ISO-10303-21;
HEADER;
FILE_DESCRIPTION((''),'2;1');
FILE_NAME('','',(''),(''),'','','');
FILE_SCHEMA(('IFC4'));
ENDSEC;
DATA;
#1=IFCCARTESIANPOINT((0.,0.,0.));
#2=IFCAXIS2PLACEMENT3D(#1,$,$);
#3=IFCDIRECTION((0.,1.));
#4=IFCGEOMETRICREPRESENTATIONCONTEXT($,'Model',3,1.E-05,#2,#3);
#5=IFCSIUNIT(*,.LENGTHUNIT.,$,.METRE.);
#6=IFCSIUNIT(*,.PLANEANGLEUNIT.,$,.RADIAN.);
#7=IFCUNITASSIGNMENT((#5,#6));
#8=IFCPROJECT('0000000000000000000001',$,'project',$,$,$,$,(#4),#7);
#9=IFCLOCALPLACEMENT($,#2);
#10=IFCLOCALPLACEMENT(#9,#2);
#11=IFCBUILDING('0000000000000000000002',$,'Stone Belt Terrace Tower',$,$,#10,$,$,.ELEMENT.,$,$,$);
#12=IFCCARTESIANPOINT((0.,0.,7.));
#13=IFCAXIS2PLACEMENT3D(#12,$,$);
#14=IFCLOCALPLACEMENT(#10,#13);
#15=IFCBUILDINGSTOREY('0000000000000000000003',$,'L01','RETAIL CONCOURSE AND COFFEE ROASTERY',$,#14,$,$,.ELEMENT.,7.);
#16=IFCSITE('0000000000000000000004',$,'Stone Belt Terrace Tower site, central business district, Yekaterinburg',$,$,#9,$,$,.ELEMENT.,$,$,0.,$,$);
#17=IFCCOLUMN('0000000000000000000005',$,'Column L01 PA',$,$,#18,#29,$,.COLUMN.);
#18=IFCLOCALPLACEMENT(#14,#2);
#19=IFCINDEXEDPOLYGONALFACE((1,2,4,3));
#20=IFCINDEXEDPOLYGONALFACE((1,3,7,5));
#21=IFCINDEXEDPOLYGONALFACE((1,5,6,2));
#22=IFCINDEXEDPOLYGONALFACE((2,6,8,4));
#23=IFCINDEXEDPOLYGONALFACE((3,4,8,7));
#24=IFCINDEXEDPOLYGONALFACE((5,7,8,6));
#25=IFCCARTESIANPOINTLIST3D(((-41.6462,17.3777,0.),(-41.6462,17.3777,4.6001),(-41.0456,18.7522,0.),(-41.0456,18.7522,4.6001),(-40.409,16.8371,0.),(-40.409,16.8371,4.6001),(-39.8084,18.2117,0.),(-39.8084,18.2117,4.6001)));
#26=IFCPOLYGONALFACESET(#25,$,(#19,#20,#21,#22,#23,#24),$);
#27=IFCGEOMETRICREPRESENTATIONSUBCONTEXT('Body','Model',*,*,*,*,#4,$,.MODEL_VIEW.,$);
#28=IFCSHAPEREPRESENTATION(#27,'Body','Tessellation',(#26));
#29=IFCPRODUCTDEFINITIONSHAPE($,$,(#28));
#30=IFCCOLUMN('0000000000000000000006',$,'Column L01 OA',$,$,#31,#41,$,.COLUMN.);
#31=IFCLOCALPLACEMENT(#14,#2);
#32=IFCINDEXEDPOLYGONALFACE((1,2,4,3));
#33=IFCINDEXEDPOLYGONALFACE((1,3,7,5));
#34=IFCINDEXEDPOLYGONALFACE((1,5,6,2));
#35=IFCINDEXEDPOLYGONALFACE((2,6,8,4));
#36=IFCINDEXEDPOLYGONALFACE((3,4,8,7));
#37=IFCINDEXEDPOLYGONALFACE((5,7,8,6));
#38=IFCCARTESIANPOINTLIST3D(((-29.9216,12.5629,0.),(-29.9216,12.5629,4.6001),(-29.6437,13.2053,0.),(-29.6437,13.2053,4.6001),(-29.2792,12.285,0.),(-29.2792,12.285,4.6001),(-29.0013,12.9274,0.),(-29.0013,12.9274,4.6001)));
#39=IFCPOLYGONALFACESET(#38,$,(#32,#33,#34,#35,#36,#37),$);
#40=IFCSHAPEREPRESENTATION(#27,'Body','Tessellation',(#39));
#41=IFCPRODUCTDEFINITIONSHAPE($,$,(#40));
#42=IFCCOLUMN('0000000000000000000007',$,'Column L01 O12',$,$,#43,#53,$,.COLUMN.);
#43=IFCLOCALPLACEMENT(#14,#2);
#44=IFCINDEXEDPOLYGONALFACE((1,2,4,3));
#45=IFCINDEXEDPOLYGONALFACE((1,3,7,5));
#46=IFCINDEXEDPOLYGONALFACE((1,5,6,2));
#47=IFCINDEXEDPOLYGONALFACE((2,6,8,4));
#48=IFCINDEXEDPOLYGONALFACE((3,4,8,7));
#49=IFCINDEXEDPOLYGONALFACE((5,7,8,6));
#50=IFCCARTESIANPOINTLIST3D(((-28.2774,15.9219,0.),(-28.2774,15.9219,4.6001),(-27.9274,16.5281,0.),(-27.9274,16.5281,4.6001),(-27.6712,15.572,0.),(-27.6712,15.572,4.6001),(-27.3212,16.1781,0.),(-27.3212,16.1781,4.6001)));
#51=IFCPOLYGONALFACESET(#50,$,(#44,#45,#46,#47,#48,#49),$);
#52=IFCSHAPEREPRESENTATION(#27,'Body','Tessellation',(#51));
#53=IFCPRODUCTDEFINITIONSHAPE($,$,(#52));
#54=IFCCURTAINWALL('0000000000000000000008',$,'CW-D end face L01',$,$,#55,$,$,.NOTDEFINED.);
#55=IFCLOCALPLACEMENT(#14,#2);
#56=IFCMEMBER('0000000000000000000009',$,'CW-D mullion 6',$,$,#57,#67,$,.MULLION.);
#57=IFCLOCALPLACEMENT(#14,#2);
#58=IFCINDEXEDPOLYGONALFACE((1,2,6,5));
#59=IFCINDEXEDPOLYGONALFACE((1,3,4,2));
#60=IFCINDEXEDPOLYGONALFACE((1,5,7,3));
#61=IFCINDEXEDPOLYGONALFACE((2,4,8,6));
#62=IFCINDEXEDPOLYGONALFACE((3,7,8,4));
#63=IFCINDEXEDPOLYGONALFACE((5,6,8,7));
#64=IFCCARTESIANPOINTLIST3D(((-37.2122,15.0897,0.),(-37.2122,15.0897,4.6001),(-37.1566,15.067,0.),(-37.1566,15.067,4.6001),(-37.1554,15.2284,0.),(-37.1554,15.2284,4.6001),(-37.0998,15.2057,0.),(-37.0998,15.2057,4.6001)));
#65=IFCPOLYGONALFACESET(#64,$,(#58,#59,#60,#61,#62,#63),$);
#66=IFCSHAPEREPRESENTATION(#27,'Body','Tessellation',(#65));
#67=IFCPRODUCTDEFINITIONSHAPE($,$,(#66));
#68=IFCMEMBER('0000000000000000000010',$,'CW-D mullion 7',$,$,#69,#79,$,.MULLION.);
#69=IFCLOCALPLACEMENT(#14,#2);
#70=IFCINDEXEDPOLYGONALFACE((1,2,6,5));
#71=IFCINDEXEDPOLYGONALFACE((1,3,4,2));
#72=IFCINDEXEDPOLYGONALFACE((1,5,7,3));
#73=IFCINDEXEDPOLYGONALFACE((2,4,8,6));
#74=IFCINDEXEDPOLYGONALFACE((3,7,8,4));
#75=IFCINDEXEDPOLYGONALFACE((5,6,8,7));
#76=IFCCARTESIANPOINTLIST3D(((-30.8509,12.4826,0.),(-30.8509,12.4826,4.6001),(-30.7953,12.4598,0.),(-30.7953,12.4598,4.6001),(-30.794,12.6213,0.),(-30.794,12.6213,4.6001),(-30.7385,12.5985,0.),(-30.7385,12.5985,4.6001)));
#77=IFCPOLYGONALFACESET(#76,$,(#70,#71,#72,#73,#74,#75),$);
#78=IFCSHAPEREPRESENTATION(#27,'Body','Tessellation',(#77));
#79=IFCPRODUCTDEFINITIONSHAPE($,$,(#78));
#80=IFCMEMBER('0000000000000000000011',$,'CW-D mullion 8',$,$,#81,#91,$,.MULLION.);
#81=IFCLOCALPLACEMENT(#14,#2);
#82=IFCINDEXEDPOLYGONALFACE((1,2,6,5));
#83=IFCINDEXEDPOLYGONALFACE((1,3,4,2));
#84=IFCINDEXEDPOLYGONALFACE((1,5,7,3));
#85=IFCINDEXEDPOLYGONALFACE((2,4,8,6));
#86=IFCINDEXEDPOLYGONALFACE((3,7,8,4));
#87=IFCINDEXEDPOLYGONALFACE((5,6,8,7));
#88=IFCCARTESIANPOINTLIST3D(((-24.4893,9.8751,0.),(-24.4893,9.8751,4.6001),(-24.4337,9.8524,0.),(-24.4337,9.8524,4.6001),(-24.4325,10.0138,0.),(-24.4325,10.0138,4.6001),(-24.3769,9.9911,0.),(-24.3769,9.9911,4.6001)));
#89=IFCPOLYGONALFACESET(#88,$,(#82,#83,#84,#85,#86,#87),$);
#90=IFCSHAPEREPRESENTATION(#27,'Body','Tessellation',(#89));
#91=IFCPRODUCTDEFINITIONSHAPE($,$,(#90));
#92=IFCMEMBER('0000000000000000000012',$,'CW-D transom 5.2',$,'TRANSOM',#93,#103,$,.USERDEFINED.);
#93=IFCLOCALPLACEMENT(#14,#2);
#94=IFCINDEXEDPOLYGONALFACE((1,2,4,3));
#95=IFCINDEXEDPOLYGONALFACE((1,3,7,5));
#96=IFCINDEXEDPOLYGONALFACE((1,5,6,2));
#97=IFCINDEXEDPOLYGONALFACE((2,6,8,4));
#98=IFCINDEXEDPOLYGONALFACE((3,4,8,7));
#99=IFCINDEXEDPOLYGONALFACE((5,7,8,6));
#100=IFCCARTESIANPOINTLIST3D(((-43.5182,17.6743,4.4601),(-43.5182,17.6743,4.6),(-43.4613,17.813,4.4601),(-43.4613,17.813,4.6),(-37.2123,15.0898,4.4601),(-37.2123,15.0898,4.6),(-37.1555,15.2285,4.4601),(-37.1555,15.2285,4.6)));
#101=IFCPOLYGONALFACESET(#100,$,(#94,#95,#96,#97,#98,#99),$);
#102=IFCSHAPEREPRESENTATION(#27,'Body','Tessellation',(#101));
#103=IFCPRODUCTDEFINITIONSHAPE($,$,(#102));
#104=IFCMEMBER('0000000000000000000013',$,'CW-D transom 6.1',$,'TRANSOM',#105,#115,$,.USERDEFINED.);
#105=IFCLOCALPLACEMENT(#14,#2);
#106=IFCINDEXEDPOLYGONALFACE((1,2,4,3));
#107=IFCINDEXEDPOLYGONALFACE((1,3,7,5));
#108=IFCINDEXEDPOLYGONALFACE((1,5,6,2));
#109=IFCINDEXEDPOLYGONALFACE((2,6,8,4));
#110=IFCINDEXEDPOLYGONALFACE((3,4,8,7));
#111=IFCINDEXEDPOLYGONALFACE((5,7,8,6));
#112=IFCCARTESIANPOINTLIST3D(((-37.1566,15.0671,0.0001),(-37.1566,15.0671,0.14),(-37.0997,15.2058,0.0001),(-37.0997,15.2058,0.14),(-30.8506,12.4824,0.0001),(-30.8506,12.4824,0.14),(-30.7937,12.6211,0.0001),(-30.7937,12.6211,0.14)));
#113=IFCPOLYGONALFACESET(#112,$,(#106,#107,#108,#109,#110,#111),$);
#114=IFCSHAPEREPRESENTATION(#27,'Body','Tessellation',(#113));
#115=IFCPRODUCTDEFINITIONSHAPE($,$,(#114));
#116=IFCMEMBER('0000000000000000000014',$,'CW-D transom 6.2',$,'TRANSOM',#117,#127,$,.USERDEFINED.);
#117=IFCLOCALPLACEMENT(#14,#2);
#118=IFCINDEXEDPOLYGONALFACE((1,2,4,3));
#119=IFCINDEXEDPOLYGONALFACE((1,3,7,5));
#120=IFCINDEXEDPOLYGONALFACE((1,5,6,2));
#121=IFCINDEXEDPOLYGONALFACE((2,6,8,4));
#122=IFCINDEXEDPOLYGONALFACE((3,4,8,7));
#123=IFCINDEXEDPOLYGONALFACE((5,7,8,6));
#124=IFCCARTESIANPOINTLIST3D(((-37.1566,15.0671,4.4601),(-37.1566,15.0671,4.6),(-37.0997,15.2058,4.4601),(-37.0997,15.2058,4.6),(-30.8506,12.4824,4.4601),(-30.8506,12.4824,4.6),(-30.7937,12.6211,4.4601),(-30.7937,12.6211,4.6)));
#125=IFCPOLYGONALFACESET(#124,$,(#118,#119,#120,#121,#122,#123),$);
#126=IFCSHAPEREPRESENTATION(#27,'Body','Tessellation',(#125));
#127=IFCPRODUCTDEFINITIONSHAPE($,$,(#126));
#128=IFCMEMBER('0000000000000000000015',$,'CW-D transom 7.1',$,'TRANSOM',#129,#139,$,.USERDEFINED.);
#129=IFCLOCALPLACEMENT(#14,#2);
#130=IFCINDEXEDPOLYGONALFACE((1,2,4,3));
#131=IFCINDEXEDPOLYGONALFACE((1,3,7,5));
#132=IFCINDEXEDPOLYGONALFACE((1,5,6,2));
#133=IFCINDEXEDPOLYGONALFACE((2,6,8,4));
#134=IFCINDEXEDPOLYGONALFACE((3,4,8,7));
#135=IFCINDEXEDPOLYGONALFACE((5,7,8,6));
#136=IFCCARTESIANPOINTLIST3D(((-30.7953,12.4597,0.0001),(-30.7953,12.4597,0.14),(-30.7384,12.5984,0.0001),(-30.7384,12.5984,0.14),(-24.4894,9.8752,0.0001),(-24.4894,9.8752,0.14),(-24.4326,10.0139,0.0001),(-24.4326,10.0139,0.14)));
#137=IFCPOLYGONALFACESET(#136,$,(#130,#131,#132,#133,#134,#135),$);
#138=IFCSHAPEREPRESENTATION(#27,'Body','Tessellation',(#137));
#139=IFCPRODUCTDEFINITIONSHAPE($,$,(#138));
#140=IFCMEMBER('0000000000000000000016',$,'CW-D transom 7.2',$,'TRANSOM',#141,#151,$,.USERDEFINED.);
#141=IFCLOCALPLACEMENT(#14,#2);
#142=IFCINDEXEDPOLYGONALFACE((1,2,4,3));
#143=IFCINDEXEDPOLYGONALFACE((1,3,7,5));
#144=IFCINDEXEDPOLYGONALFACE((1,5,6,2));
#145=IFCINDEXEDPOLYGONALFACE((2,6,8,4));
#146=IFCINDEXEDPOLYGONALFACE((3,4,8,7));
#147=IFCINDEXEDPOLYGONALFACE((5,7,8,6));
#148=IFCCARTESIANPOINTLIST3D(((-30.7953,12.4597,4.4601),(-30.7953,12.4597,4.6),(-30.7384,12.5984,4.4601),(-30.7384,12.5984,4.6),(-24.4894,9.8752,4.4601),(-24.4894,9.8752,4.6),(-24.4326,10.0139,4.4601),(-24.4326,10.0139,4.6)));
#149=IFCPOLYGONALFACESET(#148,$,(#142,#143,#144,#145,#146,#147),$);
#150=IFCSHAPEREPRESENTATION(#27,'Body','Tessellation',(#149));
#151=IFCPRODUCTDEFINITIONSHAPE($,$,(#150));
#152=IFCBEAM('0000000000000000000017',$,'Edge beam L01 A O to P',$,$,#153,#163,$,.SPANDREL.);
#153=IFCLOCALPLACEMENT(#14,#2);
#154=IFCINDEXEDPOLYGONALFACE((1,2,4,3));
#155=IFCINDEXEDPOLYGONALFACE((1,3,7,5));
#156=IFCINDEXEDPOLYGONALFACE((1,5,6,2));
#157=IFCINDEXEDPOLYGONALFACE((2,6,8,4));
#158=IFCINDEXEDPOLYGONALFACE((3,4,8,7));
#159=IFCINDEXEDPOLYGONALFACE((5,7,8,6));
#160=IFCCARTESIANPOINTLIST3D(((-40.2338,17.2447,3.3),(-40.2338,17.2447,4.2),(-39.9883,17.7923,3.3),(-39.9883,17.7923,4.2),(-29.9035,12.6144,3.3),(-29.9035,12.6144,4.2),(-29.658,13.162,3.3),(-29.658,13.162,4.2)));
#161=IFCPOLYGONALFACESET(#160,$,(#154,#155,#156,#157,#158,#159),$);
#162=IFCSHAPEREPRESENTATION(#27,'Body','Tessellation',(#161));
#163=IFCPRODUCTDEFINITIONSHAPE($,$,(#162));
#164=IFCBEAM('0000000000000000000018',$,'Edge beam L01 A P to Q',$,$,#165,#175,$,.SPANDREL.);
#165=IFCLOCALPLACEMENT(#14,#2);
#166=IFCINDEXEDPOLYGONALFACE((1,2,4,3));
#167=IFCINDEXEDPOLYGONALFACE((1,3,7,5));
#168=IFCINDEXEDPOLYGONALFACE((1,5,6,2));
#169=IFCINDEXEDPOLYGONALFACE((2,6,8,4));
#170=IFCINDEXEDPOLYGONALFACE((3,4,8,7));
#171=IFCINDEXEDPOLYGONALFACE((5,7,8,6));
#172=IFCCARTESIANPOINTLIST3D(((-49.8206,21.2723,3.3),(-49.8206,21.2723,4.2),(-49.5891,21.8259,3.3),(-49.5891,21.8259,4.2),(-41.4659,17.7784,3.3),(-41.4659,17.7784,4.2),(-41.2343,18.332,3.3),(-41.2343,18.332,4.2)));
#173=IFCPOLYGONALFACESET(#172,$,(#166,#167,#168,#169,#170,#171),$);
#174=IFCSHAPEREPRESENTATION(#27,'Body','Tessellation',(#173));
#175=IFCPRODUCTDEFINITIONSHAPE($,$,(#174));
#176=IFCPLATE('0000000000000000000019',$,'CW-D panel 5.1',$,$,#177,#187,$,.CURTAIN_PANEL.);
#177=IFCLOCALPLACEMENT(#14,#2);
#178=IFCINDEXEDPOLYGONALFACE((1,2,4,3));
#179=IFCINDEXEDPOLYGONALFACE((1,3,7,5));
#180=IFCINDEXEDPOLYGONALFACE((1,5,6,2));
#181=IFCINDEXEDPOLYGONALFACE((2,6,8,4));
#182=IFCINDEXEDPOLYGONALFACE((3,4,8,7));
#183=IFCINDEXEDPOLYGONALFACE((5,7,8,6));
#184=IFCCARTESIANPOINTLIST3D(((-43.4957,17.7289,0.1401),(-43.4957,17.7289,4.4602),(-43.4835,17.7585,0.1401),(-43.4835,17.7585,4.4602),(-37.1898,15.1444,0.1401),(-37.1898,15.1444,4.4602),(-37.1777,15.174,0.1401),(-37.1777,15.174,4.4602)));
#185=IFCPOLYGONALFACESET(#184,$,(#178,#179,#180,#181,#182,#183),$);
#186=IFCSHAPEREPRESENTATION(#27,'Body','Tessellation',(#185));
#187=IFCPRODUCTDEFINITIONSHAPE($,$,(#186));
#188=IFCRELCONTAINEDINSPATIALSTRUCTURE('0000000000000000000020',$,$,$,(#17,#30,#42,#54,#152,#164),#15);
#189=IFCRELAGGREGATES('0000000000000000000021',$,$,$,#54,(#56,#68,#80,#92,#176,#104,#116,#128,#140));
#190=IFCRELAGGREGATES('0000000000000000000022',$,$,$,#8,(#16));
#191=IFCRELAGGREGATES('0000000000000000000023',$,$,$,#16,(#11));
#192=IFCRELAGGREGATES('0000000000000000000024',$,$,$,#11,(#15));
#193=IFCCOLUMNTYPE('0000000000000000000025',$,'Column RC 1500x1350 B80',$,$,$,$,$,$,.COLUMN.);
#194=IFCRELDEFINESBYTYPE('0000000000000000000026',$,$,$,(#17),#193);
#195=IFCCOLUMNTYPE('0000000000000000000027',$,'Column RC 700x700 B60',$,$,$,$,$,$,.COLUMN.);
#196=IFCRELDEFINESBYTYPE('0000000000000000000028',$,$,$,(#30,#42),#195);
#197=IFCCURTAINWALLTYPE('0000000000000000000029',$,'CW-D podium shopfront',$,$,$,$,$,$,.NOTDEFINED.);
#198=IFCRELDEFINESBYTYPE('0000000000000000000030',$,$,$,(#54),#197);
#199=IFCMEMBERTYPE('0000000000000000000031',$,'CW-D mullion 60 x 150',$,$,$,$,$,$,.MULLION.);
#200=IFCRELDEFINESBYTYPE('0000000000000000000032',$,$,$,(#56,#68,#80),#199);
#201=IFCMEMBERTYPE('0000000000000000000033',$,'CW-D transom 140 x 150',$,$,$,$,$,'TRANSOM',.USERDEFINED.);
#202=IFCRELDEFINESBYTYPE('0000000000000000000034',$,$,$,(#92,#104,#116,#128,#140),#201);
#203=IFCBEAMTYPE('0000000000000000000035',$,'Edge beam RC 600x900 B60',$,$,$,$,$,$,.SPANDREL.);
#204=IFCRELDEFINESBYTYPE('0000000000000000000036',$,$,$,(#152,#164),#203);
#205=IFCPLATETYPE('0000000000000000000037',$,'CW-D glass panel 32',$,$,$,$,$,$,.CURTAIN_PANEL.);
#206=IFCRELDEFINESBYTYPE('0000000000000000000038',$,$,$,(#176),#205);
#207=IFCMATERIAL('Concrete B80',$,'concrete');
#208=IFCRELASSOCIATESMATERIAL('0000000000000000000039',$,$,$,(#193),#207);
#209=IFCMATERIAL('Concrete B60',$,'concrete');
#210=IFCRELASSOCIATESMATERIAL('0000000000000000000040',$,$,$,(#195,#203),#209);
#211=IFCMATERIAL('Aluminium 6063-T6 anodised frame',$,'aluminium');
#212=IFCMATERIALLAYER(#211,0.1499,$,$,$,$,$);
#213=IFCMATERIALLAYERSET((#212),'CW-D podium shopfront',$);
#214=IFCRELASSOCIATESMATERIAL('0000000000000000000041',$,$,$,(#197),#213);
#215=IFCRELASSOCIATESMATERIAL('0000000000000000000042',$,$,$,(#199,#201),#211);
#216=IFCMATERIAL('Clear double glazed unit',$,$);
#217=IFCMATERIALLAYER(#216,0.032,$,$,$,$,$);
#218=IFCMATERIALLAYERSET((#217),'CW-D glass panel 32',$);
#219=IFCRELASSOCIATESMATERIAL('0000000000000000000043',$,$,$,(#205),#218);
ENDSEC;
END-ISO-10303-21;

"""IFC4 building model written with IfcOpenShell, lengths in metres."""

from ifc_helpers import new_model, si_unit, direction, frame, origin, origin_2d, place, context, subcontext, project, spatial, rectangle, extrude, material, layer, layer_set, material_profile, profile_set, type_object, element, aggregate, save


model = new_model("IFC4")

# Units and contexts
model_context = context("Model", 3, precision=1e-05, world=origin(), true_north=direction((0.0, 1.0)))
body_context = subcontext(model_context, "Body", "Model", "MODEL_VIEW")
ifc_project = project(units=[si_unit("LENGTHUNIT", "METRE"), si_unit("PLANEANGLEUNIT", "RADIAN")], contexts=[model_context])

# Site, building, storey
site_placement = place(None, origin())
site = spatial("IfcSite", under=ifc_project, at=site_placement, Name="Stone Belt Terrace Tower site, central business district, Yekaterinburg", CompositionType="ELEMENT", RefElevation=0.0)
building_placement = place(site_placement, origin())
building = spatial("IfcBuilding", under=site, at=building_placement, Name="Stone Belt Terrace Tower", CompositionType="ELEMENT")
storey_placement = place(building_placement, frame((0.0, 0.0, 7.0)))
storey = spatial("IfcBuildingStorey", under=building, at=storey_placement, Name="L01", Description="RETAIL CONCOURSE AND COFFEE ROASTERY", CompositionType="ELEMENT", Elevation=7.0)

# Columns
ifc_material_1 = material(Name="Concrete B80", Category="concrete")
ifc_material_profile_1 = material_profile(ifc_material_1, rectangle(XDim=1.5, YDim=1.3501, at=origin_2d()), Name="RC 1500x1350")
ifc_profile_set_1 = profile_set([ifc_material_profile_1], Name="Concrete B80")
column_type_1 = type_object("IfcColumnType", Name="Column RC 1500x1350 B80", PredefinedType="COLUMN", material=ifc_profile_set_1)
column_placement = place(storey_placement, frame((-40.7273, 17.7947, 0.0), z_axis=(0.0, 0.0, 1.0), x_axis=(0.400376, 0.916351, 0.0)))
element("IfcColumn", 1, at=column_placement, inside=storey, type_object=column_type_1, Name="Column L01 PA", PredefinedType="COLUMN", context=body_context, shape_type="SweptSolid", body=[
    extrude(rectangle(XDim=1.5, YDim=1.3501, at=origin_2d()), origin(), (0.0, 0.0, 1.0), 4.6001),
])
ifc_material_2 = material(Name="Concrete B60", Category="concrete")
ifc_material_profile_2 = material_profile(ifc_material_2, rectangle(XDim=0.7, YDim=0.7, at=origin_2d()), Name="RC 700x700")
ifc_profile_set_2 = profile_set([ifc_material_profile_2], Name="Concrete B60")
column_type_2 = type_object("IfcColumnType", Name="Column RC 700x700 B60", PredefinedType="COLUMN", material=ifc_profile_set_2)
for number, where, z_axis, x_axis, name in (
    (2, (-29.4614, 12.7451, 0.0), (0.0, 0.0, 1.0), (0.397044, 0.9178, 0.0), "Column L01 OA"),
    (3, (-27.7993, 16.05, 0.0), (0.0, 0.0, 1.0), (0.5, 0.866025, 0.0), "Column L01 O12"),
):
    element("IfcColumn", number, at=place(storey_placement, frame(where, z_axis=z_axis, x_axis=x_axis)), inside=storey, type_object=column_type_2, Name=name, PredefinedType="COLUMN", context=body_context, shape_type="SweptSolid", body=[
        extrude(rectangle(XDim=0.7, YDim=0.7, at=origin_2d()), origin(), (0.0, 0.0, 1.0), 4.6001),
    ])

# Curtain wall, members
ifc_material_3 = material(Name="Aluminium 6063-T6 anodised frame", Category="aluminium")
ifc_layer_1 = layer(ifc_material_3, 0.1499)
ifc_layer_set_1 = layer_set([ifc_layer_1], Name="CW-D podium shopfront")
curtain_wall_type = type_object("IfcCurtainWallType", Name="CW-D podium shopfront", PredefinedType="NOTDEFINED", material=ifc_layer_set_1)
curtain_wall_placement = place(storey_placement, origin())
curtain_wall = element("IfcCurtainWall", 4, at=curtain_wall_placement, inside=storey, type_object=curtain_wall_type, Name="CW-D end face L01", PredefinedType="NOTDEFINED")
ifc_material_profile_3 = material_profile(ifc_material_3, rectangle(XDim=0.1499, YDim=0.0601, at=origin_2d()), Name="Aluminium 6063-T6 60x150")
ifc_profile_set_3 = profile_set([ifc_material_profile_3], Name="Aluminium 6063-T6 anodised frame")
member_type_1 = type_object("IfcMemberType", Name="CW-D mullion 60 x 150", PredefinedType="MULLION", material=ifc_profile_set_3)
member_1_placement = place(storey_placement, frame((-37.156, 15.1477, 0.0), z_axis=(0.0, 0.0, 1.0), x_axis=(0.379243, 0.925297, 0.0)))
member_1 = element("IfcMember", 5, at=member_1_placement, type_object=member_type_1, Name="CW-D mullion 6", PredefinedType="MULLION", context=body_context, shape_type="SweptSolid", body=[
    extrude(rectangle(XDim=0.1499, YDim=0.0601, at=origin_2d()), origin(), (0.0, 0.0, 1.0), 4.6001),
])
member_2_placement = place(storey_placement, frame((-30.7947, 12.5405, 0.0), z_axis=(0.0, 0.0, 1.0), x_axis=(0.379243, 0.925297, 0.0)))
member_2 = element("IfcMember", 6, at=member_2_placement, type_object=member_type_1, Name="CW-D mullion 7", PredefinedType="MULLION", context=body_context, shape_type="SweptSolid", body=[
    extrude(rectangle(XDim=0.1499, YDim=0.0601, at=origin_2d()), origin(), (0.0, 0.0, 1.0), 4.6001),
])
member_3_placement = place(storey_placement, frame((-24.4331, 9.9331, 0.0), z_axis=(0.0, 0.0, 1.0), x_axis=(0.379243, 0.925297, 0.0)))
member_3 = element("IfcMember", 7, at=member_3_placement, type_object=member_type_1, Name="CW-D mullion 8", PredefinedType="MULLION", context=body_context, shape_type="SweptSolid", body=[
    extrude(rectangle(XDim=0.1499, YDim=0.0601, at=origin_2d()), origin(), (0.0, 0.0, 1.0), 4.6001),
])
ifc_material_profile_4 = material_profile(ifc_material_3, rectangle(XDim=0.1499, YDim=0.1399, at=origin_2d()), Name="Aluminium 6063-T6 150x140")
ifc_profile_set_4 = profile_set([ifc_material_profile_4], Name="Aluminium 6063-T6 anodised frame")
member_type_2 = type_object("IfcMemberType", Name="CW-D transom 140 x 150", ElementType="TRANSOM", PredefinedType="USERDEFINED", material=ifc_profile_set_4)
member_4_placement = place(storey_placement, frame((-43.4897, 17.7437, 4.53), z_axis=(0.925301, -0.379234, 0.0), x_axis=(0.379234, 0.925301, 0.0)))
member_4 = element("IfcMember", 8, at=member_4_placement, type_object=member_type_2, Name="CW-D transom 5.2", ObjectType="TRANSOM", PredefinedType="USERDEFINED", context=body_context, shape_type="SweptSolid", body=[
    extrude(rectangle(XDim=0.1499, YDim=0.1399, at=origin_2d()), origin(), (0.0, 0.0, 1.0), 6.8149),
])
member_5_placement = place(storey_placement, frame((-37.1282, 15.1365, 0.0701), z_axis=(0.925288, -0.379265, 0.0), x_axis=(0.379265, 0.925288, 0.0)))
member_5 = element("IfcMember", 9, at=member_5_placement, type_object=member_type_2, Name="CW-D transom 6.1", ObjectType="TRANSOM", PredefinedType="USERDEFINED", context=body_context, shape_type="SweptSolid", body=[
    extrude(rectangle(XDim=0.1499, YDim=0.1399, at=origin_2d()), origin(), (0.0, 0.0, 1.0), 6.8152),
])
member_6_placement = place(storey_placement, frame((-37.1282, 15.1365, 4.53), z_axis=(0.925288, -0.379265, 0.0), x_axis=(0.379265, 0.925288, 0.0)))
member_6 = element("IfcMember", 10, at=member_6_placement, type_object=member_type_2, Name="CW-D transom 6.2", ObjectType="TRANSOM", PredefinedType="USERDEFINED", context=body_context, shape_type="SweptSolid", body=[
    extrude(rectangle(XDim=0.1499, YDim=0.1399, at=origin_2d()), origin(), (0.0, 0.0, 1.0), 6.8152),
])
member_7_placement = place(storey_placement, frame((-30.7668, 12.5291, 0.0701), z_axis=(0.925301, -0.379234, 0.0), x_axis=(0.379234, 0.925301, 0.0)))
member_7 = element("IfcMember", 11, at=member_7_placement, type_object=member_type_2, Name="CW-D transom 7.1", ObjectType="TRANSOM", PredefinedType="USERDEFINED", context=body_context, shape_type="SweptSolid", body=[
    extrude(rectangle(XDim=0.1499, YDim=0.1399, at=origin_2d()), origin(), (0.0, 0.0, 1.0), 6.8149),
])
member_8_placement = place(storey_placement, frame((-30.7668, 12.5291, 4.53), z_axis=(0.925301, -0.379234, 0.0), x_axis=(0.379234, 0.925301, 0.0)))
member_8 = element("IfcMember", 12, at=member_8_placement, type_object=member_type_2, Name="CW-D transom 7.2", ObjectType="TRANSOM", PredefinedType="USERDEFINED", context=body_context, shape_type="SweptSolid", body=[
    extrude(rectangle(XDim=0.1499, YDim=0.1399, at=origin_2d()), origin(), (0.0, 0.0, 1.0), 6.8149),
])

# Beams
ifc_material_profile_5 = material_profile(ifc_material_2, rectangle(XDim=0.6001, YDim=0.8999, at=origin_2d()), Name="RC 600x900")
ifc_profile_set_5 = profile_set([ifc_material_profile_5], Name="Concrete B60")
beam_type = type_object("IfcBeamType", Name="Edge beam RC 600x900 B60", PredefinedType="SPANDREL", material=ifc_profile_set_5)
beam_1_placement = place(storey_placement, frame((-29.7808, 12.8882, 3.75), z_axis=(-0.912525, 0.409022, 0.0), x_axis=(-0.409022, -0.912525, 0.0)))
element("IfcBeam", 13, at=beam_1_placement, inside=storey, type_object=beam_type, Name="Edge beam L01 A O to P", PredefinedType="SPANDREL", context=body_context, shape_type="SweptSolid", body=[
    extrude(rectangle(XDim=0.6001, YDim=0.8999, at=origin_2d()), origin(), (0.0, 0.0, 1.0), 11.3206),
])
beam_2_placement = place(storey_placement, frame((-41.3501, 18.0552, 3.75), z_axis=(-0.922576, 0.385815, 0.0), x_axis=(-0.385815, -0.922576, 0.0)))
element("IfcBeam", 14, at=beam_2_placement, inside=storey, type_object=beam_type, Name="Edge beam L01 A P to Q", PredefinedType="SPANDREL", context=body_context, shape_type="SweptSolid", body=[
    extrude(rectangle(XDim=0.6001, YDim=0.8999, at=origin_2d()), origin(), (0.0, 0.0, 1.0), 9.0559),
])

# Plate
ifc_material_4 = material(Name="Clear double glazed unit")
ifc_layer_2 = layer(ifc_material_4, 0.032)
ifc_layer_set_2 = layer_set([ifc_layer_2], Name="CW-D glass panel 32")
plate_type = type_object("IfcPlateType", Name="CW-D glass panel 32", PredefinedType="CURTAIN_PANEL", material=ifc_layer_set_2)
plate_1_placement = place(storey_placement, frame((-40.3367, 16.4514, 0.1401), z_axis=(0.0, 0.0, 1.0), x_axis=(0.925297, -0.379243, 0.0)))
plate_1 = element("IfcPlate", 15, at=plate_1_placement, type_object=plate_type, Name="CW-D panel 5.1", PredefinedType="CURTAIN_PANEL", context=body_context, shape_type="SweptSolid", body=[
    extrude(rectangle(XDim=6.8149, YDim=0.032, at=origin_2d()), origin(), (0.0, 0.0, 1.0), 4.3201),
])
aggregate(curtain_wall, [member_1, member_2, member_3, member_4, plate_1, member_5, member_6, member_7, member_8])

save(model, "model.ifc")
